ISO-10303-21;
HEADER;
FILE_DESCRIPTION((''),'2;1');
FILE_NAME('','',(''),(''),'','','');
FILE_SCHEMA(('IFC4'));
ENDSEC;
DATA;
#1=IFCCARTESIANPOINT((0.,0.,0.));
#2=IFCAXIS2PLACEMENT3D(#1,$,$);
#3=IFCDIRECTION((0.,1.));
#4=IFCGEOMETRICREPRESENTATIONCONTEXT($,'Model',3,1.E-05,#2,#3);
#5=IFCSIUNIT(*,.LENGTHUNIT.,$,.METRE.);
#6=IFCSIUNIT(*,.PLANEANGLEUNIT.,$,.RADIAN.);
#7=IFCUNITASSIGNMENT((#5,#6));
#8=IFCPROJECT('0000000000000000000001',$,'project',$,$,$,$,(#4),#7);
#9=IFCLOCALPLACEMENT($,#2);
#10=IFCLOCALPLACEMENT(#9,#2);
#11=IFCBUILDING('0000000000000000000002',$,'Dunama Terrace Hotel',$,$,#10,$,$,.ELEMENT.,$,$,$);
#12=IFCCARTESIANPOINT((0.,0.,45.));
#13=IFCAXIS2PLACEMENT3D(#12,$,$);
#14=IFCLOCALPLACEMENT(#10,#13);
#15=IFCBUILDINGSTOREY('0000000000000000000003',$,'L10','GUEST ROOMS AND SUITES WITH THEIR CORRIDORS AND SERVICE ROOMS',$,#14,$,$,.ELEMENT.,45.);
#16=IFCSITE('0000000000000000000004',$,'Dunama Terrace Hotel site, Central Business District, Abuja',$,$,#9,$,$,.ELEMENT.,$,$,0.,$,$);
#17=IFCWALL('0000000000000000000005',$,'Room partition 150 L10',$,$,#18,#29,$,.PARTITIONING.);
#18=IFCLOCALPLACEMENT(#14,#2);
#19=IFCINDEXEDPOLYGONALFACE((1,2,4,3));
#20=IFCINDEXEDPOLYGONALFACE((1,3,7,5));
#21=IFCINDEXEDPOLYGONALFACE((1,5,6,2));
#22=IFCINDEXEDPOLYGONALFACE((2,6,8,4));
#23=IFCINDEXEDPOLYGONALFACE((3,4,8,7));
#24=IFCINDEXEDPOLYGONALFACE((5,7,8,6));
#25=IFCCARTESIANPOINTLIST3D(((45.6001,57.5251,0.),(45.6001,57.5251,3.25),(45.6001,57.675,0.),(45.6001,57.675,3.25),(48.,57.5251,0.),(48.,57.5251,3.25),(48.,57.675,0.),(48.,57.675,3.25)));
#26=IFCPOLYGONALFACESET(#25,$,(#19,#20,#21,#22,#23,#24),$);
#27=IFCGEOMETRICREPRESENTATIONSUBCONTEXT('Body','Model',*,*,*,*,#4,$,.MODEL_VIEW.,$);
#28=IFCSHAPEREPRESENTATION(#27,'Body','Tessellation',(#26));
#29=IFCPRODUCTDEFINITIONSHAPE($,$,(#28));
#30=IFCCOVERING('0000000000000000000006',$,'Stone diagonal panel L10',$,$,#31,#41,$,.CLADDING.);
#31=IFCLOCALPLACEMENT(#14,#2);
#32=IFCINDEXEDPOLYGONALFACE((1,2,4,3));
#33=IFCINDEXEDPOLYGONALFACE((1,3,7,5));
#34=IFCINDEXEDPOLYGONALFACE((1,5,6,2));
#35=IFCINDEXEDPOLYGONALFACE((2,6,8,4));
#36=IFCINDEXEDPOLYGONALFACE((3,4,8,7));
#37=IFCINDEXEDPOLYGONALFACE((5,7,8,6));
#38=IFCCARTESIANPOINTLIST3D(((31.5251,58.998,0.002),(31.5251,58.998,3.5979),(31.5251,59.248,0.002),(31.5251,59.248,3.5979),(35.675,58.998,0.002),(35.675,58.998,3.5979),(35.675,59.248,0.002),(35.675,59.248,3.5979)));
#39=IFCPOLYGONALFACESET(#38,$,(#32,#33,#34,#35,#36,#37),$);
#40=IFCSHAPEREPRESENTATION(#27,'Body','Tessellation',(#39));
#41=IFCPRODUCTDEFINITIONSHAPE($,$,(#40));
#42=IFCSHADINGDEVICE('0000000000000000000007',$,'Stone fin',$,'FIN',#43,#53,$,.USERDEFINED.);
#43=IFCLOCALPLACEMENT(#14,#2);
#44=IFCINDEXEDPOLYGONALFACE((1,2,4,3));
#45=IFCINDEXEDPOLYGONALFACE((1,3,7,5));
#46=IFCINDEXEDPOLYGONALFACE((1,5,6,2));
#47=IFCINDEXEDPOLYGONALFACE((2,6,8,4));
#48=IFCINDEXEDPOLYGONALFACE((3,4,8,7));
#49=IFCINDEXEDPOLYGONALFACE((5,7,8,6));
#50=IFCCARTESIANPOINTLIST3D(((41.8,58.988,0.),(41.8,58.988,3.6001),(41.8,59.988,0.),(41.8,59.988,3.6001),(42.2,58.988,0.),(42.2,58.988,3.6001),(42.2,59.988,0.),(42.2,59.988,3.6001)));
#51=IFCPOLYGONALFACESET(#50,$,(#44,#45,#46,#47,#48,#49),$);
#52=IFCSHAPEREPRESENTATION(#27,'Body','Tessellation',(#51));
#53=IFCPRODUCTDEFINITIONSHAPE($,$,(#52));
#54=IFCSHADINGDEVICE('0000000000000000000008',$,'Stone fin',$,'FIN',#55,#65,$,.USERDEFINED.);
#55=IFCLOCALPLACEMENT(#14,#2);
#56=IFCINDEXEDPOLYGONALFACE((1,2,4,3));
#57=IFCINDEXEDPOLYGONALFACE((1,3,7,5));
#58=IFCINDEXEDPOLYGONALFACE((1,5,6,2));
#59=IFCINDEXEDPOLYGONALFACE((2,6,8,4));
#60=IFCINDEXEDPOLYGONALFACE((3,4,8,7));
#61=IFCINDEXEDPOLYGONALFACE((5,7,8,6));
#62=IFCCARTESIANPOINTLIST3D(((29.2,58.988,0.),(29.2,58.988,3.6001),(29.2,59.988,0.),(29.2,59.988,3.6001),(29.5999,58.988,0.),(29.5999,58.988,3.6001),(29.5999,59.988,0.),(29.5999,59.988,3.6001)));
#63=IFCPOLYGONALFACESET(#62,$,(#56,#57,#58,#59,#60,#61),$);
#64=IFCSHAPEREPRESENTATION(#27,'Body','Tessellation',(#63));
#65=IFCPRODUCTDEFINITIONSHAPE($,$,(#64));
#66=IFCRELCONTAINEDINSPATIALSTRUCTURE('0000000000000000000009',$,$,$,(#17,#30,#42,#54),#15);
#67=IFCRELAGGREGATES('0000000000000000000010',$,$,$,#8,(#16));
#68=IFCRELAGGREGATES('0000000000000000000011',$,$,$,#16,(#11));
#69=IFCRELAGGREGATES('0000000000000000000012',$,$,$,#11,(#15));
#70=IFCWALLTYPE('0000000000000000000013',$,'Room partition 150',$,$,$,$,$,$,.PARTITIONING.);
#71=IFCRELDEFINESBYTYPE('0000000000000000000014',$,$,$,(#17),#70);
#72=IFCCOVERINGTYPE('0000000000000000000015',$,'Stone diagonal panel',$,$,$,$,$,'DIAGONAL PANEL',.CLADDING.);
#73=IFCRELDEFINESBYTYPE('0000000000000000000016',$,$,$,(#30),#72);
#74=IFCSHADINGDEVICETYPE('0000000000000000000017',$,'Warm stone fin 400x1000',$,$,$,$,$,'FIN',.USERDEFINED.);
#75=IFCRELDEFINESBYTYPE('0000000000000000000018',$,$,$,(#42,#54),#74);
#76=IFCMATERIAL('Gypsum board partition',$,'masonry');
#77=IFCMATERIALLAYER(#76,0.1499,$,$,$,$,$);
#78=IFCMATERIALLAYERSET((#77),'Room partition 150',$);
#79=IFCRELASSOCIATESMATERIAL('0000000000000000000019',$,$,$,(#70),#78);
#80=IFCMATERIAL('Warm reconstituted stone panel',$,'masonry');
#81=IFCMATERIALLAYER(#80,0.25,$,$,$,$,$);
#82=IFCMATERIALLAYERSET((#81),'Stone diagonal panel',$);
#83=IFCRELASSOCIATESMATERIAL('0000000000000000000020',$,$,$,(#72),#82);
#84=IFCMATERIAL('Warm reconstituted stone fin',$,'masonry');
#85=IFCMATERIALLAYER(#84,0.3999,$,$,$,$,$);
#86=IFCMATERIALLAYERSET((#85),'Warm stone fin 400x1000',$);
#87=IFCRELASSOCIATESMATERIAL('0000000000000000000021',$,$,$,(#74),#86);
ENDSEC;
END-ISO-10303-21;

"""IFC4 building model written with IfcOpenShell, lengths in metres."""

from ifc_helpers import new_model, si_unit, direction, frame, frame_2d, origin, origin_2d, place, context, subcontext, project, spatial, rectangle, extrude, material, layer, layer_set, type_object, element, save


model = new_model("IFC4")

# Units and contexts
model_context = context("Model", 3, precision=1e-05, world=origin(), true_north=direction((0.0, 1.0)))
body_context = subcontext(model_context, "Body", "Model", "MODEL_VIEW")
ifc_project = project(units=[si_unit("LENGTHUNIT", "METRE"), si_unit("PLANEANGLEUNIT", "RADIAN")], contexts=[model_context])

# Site, building, storey
site_placement = place(None, origin())
site = spatial("IfcSite", under=ifc_project, at=site_placement, Name="Dunama Terrace Hotel site, Central Business District, Abuja", CompositionType="ELEMENT", RefElevation=0.0)
building_placement = place(site_placement, origin())
building = spatial("IfcBuilding", under=site, at=building_placement, Name="Dunama Terrace Hotel", CompositionType="ELEMENT")
storey_placement = place(building_placement, frame((0.0, 0.0, 45.0)))
storey = spatial("IfcBuildingStorey", under=building, at=storey_placement, Name="L10", Description="GUEST ROOMS AND SUITES WITH THEIR CORRIDORS AND SERVICE ROOMS", CompositionType="ELEMENT", Elevation=45.0)

# Shared definitions
ifc_material_1 = material(Name="Gypsum board partition", Category="masonry")
ifc_layer_1 = layer(ifc_material_1, 0.1499)
ifc_layer_set_1 = layer_set([ifc_layer_1], Name="Room partition 150")
wall_type_1 = type_object("IfcWallType", Name="Room partition 150", PredefinedType="PARTITIONING", material=ifc_layer_set_1)

# Wall
wall_1_placement = place(storey_placement, frame((45.6001, 57.6001, 0.0), z_axis=(0.0, 0.0, 1.0), x_axis=(1.0, 0.0, 0.0)))
element("IfcWall", 1, at=wall_1_placement, inside=storey, type_object=wall_type_1, Name="Room partition 150 L10", PredefinedType="PARTITIONING", context=body_context, shape_type="SweptSolid", body=[
    extrude(rectangle(XDim=2.3999, YDim=0.1499, at=frame_2d((1.2, 0.0))), origin(), (0.0, 0.0, 1.0), 3.25),
])

# Covering
ifc_material_2 = material(Name="Warm reconstituted stone panel", Category="masonry")
ifc_layer_2 = layer(ifc_material_2, 0.25)
ifc_layer_set_2 = layer_set([ifc_layer_2], Name="Stone diagonal panel")
covering_type = type_object("IfcCoveringType", Name="Stone diagonal panel", ElementType="DIAGONAL PANEL", PredefinedType="CLADDING", material=ifc_layer_set_2)
covering_placement = place(storey_placement, frame((33.6001, 59.123, 0.002), z_axis=(0.0, 0.0, 1.0), x_axis=(-1.0, 0.0, 0.0)))
element("IfcCovering", 2, at=covering_placement, inside=storey, type_object=covering_type, Name="Stone diagonal panel L10", PredefinedType="CLADDING", context=body_context, shape_type="SweptSolid", body=[
    extrude(rectangle(XDim=4.1499, YDim=0.25, at=origin_2d()), origin(), (0.0, 0.0, 1.0), 3.5959),
])

# Shading devices
ifc_material_3 = material(Name="Warm reconstituted stone fin", Category="masonry")
ifc_layer_3 = layer(ifc_material_3, 0.3999)
ifc_layer_set_3 = layer_set([ifc_layer_3], Name="Warm stone fin 400x1000")
shading_device_type = type_object("IfcShadingDeviceType", Name="Warm stone fin 400x1000", ElementType="FIN", PredefinedType="USERDEFINED", material=ifc_layer_set_3)
for number, where, z_axis, x_axis, name in (
    (3, (42.0, 59.488, 0.0), (0.0, 0.0, 1.0), (-1.0, 0.0, 0.0), "Stone fin"),
    (4, (29.3999, 59.488, 0.0), (0.0, 0.0, 1.0), (-1.0, 0.0, 0.0), "Stone fin"),
):
    element("IfcShadingDevice", number, at=place(storey_placement, frame(where, z_axis=z_axis, x_axis=x_axis)), inside=storey, type_object=shading_device_type, Name=name, ObjectType="FIN", PredefinedType="USERDEFINED", context=body_context, shape_type="SweptSolid", body=[
        extrude(rectangle(XDim=0.3999, YDim=1.0, at=origin_2d()), origin(), (0.0, 0.0, 1.0), 3.6001),
    ])

save(model, "model.ifc")
